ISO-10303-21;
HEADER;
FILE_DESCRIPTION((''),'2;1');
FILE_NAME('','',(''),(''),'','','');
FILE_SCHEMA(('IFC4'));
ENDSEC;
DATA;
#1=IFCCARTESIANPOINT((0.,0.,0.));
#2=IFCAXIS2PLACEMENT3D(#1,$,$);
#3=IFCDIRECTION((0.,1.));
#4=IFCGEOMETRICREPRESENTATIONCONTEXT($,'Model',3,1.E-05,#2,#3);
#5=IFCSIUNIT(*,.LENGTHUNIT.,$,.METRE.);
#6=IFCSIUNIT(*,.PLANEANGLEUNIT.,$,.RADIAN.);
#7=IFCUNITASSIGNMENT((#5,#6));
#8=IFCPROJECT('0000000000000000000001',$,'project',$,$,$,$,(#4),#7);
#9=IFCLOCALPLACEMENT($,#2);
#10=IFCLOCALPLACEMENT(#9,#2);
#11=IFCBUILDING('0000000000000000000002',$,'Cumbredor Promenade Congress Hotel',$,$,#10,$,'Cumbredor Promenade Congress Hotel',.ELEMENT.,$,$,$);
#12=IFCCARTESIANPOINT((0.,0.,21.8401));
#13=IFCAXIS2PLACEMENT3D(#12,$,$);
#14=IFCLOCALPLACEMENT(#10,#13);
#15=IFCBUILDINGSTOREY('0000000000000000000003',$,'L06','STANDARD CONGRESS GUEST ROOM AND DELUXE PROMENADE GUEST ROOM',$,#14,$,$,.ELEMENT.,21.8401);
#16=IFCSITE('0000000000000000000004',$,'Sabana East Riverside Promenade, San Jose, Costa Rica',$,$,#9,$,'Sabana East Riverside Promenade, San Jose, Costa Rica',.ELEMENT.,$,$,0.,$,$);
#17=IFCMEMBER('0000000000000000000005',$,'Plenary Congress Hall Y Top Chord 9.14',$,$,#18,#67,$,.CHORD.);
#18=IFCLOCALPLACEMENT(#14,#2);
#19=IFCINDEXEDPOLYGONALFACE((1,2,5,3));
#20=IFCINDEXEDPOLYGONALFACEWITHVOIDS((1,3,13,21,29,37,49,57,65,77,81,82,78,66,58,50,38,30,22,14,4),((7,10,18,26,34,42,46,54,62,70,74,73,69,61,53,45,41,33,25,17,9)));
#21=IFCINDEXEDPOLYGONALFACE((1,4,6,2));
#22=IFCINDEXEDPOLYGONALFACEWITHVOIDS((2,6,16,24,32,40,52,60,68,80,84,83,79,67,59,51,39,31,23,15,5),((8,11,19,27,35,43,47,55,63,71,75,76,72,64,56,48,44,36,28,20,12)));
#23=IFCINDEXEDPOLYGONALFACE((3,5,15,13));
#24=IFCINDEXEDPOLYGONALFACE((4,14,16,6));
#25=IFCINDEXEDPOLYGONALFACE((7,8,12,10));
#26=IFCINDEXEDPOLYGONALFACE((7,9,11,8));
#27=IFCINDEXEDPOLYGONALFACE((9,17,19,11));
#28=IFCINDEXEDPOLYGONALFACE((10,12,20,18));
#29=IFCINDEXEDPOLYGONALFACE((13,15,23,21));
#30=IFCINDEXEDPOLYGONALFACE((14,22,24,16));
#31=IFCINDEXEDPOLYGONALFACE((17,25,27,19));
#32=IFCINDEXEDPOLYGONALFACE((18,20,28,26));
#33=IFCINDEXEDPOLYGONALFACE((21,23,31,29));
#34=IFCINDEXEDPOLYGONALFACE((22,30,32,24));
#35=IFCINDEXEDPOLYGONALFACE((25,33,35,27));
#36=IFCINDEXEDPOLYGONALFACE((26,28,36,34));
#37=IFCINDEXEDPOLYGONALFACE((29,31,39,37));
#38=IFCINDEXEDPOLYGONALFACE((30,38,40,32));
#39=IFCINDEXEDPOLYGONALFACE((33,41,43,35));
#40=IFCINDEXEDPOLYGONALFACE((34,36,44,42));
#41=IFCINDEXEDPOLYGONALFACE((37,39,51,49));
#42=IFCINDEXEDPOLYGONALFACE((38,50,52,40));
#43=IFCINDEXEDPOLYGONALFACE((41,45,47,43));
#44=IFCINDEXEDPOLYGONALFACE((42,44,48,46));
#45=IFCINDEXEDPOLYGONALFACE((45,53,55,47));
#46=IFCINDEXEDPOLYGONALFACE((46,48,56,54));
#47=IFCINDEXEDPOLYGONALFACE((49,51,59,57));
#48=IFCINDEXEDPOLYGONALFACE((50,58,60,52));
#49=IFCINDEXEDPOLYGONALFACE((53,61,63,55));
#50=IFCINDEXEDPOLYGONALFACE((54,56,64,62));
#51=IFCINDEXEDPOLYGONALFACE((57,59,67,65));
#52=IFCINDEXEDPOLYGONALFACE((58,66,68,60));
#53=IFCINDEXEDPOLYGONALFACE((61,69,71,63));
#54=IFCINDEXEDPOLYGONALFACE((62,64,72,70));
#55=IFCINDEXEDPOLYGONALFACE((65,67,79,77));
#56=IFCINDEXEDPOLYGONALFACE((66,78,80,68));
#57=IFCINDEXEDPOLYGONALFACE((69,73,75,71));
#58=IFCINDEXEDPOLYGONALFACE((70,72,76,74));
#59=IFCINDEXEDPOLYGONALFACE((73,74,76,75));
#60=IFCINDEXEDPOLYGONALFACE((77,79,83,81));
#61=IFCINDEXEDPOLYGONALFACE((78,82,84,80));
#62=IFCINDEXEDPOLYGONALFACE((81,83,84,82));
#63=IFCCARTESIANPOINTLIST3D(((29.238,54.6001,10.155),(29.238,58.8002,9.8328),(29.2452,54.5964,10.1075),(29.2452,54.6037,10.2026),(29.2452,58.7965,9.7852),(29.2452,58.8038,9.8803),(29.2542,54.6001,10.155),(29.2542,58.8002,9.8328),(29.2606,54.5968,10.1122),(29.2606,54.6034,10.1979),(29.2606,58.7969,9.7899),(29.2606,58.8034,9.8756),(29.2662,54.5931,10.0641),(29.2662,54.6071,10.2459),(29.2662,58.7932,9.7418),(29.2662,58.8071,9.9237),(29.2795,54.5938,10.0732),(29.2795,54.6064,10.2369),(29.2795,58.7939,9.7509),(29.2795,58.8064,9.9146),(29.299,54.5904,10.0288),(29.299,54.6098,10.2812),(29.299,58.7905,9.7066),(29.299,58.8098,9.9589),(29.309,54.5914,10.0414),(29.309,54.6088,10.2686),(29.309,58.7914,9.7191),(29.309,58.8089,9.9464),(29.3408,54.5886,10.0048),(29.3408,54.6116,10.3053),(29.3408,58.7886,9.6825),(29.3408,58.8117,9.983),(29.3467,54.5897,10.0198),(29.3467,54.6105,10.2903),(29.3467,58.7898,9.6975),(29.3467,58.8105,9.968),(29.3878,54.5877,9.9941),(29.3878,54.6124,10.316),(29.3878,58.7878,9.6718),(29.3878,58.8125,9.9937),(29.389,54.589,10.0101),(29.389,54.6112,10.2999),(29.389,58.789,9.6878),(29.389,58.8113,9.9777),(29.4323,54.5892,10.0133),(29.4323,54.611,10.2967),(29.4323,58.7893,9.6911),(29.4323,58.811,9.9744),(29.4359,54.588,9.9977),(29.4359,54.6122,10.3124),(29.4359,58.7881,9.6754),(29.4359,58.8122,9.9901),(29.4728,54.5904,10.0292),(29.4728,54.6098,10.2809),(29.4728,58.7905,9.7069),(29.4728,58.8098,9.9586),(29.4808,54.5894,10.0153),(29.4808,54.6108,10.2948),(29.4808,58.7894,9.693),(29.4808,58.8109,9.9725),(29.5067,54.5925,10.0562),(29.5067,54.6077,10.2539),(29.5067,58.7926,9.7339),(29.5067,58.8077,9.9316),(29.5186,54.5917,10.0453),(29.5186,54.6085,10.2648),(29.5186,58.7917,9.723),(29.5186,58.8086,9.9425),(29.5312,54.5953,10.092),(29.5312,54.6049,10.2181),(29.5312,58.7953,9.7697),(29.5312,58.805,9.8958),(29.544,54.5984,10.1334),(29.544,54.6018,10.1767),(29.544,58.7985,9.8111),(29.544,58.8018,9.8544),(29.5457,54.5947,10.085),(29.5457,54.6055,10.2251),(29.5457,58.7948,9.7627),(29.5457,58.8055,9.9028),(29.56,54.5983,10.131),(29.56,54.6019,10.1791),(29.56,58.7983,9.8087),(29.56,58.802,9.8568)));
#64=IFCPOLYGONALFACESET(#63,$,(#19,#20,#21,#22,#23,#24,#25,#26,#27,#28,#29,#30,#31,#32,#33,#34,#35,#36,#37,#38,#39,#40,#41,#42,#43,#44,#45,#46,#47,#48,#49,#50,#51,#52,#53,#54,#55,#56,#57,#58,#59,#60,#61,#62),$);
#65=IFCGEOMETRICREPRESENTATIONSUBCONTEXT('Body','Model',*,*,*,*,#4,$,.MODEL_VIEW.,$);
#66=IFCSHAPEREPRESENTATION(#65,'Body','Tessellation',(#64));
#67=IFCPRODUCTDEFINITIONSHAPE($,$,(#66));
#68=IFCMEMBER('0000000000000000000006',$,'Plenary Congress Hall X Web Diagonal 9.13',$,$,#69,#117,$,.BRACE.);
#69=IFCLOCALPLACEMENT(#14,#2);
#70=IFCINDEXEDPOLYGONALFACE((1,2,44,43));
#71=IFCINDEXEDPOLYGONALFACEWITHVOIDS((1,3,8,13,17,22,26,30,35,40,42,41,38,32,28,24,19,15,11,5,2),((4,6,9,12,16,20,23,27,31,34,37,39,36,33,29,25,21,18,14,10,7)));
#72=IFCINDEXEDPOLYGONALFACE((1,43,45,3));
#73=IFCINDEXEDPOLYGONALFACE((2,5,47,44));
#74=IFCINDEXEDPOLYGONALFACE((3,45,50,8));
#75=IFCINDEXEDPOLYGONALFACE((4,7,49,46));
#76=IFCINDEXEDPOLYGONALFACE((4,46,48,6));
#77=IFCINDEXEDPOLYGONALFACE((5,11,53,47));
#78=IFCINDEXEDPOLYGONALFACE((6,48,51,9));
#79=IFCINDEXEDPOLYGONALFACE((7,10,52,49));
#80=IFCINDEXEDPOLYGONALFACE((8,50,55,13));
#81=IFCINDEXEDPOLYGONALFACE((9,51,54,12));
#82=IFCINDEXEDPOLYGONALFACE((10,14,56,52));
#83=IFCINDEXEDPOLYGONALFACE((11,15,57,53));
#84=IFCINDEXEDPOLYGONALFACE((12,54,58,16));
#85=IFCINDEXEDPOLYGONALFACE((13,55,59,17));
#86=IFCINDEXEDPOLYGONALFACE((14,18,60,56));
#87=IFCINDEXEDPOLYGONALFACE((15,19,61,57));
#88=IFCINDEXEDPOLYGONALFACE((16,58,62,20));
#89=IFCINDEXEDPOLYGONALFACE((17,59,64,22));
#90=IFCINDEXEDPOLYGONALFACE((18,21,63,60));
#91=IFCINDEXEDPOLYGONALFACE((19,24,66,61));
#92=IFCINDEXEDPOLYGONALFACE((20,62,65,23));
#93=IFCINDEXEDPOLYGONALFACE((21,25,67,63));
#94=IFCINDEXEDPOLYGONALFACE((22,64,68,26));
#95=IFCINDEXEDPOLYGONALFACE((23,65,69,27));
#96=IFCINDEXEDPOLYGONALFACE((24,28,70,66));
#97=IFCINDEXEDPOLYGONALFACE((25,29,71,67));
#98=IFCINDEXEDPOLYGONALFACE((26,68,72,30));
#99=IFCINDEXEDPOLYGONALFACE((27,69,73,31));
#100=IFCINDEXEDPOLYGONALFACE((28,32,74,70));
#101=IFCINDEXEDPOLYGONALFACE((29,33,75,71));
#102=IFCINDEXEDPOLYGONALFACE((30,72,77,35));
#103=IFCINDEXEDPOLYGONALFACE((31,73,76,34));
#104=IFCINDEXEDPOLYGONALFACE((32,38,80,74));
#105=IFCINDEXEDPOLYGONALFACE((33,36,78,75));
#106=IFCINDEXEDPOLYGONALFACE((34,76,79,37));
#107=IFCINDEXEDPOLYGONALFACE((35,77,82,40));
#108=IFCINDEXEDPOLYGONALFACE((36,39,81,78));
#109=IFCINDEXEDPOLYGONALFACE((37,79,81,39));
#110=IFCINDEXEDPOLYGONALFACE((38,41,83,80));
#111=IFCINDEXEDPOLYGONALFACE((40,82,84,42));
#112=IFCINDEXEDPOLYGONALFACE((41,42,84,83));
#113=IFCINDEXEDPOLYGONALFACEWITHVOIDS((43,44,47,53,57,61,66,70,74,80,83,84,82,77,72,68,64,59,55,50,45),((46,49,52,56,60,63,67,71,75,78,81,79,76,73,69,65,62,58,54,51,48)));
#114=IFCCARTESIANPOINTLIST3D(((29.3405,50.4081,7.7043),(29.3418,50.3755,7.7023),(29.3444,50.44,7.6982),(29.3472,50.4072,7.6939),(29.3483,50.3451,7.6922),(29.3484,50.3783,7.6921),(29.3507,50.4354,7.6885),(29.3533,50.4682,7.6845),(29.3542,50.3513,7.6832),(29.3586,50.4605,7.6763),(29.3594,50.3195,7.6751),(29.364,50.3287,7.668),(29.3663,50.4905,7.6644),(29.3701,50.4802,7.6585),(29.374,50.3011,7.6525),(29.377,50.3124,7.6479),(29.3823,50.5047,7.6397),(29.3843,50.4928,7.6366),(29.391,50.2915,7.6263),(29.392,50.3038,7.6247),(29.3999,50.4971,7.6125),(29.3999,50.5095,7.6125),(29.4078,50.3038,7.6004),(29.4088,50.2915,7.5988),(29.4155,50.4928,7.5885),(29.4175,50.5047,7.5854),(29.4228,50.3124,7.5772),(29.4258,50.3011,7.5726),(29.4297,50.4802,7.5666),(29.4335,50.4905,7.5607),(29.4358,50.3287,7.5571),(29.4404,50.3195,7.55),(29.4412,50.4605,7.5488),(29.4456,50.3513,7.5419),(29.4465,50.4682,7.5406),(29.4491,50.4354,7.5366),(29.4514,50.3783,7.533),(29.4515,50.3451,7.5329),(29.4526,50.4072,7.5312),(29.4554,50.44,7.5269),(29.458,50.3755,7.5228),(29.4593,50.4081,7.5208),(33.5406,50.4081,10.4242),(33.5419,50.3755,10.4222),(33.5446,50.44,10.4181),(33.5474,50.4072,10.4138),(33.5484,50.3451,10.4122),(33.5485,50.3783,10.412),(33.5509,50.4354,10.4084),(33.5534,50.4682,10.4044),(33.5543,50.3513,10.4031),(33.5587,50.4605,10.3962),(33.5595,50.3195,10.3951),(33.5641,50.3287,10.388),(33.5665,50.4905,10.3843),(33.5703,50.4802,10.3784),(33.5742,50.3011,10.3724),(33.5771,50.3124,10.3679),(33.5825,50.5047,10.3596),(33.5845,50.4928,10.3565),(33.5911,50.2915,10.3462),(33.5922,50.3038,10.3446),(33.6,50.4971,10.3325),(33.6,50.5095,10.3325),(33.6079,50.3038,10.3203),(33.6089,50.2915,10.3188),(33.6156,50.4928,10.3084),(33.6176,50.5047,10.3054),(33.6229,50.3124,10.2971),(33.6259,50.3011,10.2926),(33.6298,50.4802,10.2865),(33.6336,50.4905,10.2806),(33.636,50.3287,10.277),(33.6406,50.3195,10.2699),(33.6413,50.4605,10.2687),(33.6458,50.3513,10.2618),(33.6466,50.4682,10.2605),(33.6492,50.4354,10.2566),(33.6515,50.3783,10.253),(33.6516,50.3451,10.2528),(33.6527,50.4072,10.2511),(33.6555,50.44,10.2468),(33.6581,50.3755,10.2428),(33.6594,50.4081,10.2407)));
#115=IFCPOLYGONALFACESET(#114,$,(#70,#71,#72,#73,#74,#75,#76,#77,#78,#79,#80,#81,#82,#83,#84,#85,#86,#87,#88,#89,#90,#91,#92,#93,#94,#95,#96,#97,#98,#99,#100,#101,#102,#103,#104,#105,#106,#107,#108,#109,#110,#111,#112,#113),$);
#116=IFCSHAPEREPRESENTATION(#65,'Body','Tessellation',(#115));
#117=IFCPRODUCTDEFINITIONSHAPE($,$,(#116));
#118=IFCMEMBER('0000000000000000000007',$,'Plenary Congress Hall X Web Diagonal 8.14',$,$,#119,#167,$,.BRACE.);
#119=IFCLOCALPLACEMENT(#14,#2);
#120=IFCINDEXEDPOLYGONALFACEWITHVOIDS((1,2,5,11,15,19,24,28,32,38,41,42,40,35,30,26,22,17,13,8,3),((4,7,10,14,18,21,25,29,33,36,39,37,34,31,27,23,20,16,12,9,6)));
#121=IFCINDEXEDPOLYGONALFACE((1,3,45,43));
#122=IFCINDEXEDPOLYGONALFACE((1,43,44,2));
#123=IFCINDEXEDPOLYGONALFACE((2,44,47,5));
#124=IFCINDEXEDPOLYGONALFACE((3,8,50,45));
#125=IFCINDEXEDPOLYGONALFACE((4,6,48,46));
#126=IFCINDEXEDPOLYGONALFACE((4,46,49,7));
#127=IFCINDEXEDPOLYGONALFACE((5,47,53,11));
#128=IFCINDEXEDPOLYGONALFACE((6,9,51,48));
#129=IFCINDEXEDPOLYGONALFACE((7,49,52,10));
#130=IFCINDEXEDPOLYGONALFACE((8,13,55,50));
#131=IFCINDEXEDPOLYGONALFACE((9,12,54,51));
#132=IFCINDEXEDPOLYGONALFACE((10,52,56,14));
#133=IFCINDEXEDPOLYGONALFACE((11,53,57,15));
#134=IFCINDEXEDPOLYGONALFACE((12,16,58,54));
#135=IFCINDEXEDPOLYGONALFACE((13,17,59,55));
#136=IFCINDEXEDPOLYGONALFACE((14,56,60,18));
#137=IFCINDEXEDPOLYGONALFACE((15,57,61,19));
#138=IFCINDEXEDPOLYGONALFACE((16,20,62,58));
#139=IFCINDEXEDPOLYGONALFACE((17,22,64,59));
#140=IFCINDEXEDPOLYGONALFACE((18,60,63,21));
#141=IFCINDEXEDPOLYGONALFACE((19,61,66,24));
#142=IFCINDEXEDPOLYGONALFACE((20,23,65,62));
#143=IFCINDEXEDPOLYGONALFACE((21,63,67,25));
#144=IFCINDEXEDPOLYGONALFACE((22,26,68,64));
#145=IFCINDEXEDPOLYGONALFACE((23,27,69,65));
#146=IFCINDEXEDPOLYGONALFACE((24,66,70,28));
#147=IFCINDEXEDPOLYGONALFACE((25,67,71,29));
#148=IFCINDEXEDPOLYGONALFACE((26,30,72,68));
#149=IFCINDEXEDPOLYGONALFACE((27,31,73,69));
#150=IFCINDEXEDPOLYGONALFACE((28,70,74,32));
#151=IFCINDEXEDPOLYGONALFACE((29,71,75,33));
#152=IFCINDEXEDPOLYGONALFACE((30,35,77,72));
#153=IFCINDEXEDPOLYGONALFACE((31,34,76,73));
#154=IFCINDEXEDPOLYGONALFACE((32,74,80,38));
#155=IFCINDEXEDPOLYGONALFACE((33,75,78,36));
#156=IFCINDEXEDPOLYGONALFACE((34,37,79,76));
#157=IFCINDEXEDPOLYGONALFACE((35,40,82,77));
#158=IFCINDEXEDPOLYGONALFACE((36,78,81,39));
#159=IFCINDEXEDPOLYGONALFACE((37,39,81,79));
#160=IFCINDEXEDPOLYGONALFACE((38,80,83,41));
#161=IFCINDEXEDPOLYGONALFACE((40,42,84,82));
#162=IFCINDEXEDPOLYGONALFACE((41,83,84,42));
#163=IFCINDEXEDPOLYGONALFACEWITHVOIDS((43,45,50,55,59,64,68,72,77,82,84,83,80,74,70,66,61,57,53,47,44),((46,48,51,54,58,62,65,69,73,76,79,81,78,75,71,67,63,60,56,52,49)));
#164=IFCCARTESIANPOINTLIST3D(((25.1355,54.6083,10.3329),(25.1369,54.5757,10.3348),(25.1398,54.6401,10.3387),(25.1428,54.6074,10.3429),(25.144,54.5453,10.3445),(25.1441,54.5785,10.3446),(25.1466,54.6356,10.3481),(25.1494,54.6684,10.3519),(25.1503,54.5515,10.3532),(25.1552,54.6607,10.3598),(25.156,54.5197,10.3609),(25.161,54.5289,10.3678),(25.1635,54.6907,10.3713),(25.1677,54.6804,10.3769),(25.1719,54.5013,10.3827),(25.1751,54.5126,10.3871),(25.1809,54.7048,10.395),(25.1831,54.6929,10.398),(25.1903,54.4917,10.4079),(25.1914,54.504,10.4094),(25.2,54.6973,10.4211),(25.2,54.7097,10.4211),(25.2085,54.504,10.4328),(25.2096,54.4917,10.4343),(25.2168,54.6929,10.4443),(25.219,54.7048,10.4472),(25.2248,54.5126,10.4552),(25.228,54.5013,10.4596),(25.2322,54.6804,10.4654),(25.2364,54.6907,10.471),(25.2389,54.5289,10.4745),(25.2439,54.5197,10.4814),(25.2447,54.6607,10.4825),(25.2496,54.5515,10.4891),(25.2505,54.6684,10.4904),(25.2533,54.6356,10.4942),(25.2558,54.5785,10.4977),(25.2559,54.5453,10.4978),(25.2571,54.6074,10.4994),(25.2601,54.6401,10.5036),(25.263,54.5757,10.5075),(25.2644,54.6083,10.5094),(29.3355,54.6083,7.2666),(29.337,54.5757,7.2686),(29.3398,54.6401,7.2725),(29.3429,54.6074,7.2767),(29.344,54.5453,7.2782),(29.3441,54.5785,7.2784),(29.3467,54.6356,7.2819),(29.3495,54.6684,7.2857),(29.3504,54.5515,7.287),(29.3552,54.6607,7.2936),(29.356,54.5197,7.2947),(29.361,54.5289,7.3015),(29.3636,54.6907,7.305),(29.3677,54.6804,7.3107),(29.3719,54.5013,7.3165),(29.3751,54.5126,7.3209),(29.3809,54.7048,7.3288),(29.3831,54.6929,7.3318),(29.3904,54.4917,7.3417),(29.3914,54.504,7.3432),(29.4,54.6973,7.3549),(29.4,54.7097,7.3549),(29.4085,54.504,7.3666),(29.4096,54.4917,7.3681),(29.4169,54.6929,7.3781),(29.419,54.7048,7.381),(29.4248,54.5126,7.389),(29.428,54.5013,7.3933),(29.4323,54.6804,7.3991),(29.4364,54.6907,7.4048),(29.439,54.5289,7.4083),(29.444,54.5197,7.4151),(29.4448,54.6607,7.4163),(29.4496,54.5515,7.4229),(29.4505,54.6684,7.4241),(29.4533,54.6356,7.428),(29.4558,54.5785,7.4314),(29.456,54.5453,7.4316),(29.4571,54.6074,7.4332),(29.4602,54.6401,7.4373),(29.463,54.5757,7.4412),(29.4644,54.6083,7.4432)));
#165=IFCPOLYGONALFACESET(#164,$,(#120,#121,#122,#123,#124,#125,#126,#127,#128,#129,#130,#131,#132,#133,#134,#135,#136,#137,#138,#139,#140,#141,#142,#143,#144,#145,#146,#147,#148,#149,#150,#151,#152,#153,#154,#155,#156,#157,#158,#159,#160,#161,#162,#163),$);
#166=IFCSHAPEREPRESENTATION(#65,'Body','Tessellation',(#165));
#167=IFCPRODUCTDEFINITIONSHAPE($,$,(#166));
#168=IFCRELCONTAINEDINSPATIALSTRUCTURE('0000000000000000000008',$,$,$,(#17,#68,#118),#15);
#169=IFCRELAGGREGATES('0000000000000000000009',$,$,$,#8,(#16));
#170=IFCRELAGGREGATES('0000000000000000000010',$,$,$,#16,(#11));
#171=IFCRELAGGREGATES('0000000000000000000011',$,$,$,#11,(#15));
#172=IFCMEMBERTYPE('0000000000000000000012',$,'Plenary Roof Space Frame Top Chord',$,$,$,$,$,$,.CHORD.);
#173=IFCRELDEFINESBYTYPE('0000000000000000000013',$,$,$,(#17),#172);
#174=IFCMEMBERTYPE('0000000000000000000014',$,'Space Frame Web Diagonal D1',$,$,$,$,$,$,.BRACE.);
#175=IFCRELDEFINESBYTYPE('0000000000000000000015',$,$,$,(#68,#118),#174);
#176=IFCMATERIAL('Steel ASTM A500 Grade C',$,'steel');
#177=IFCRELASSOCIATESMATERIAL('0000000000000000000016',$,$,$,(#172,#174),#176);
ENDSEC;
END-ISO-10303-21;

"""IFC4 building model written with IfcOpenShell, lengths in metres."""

from ifc_helpers import new_model, si_unit, direction, frame, origin, origin_2d, place, context, subcontext, project, spatial, hollow_circle, extrude, material, material_profile, profile_set, type_object, element, save


model = new_model("IFC4")

# Units and contexts
model_context = context("Model", 3, precision=1e-05, world=origin(), true_north=direction((0.0, 1.0)))
body_context = subcontext(model_context, "Body", "Model", "MODEL_VIEW")
ifc_project = project(units=[si_unit("LENGTHUNIT", "METRE"), si_unit("PLANEANGLEUNIT", "RADIAN")], contexts=[model_context])

# Site, building, storey
site_placement = place(None, origin())
site = spatial("IfcSite", under=ifc_project, at=site_placement, Name="Sabana East Riverside Promenade, San Jose, Costa Rica", LongName="Sabana East Riverside Promenade, San Jose, Costa Rica", CompositionType="ELEMENT", RefElevation=0.0)
building_placement = place(site_placement, origin())
building = spatial("IfcBuilding", under=site, at=building_placement, Name="Cumbredor Promenade Congress Hotel", LongName="Cumbredor Promenade Congress Hotel", CompositionType="ELEMENT")
storey_placement = place(building_placement, frame((0.0, 0.0, 21.8401)))
storey = spatial("IfcBuildingStorey", under=building, at=storey_placement, Name="L06", Description="STANDARD CONGRESS GUEST ROOM AND DELUXE PROMENADE GUEST ROOM", CompositionType="ELEMENT", Elevation=21.8401)

# Members
ifc_material_1 = material(Name="Steel ASTM A500 Grade C", Category="steel")
ifc_material_profile_1 = material_profile(ifc_material_1, hollow_circle(Radius=0.1619, WallThickness=0.0161, at=origin_2d()), Name="CHS 323.9x16")
ifc_profile_set_1 = profile_set([ifc_material_profile_1], Name="Steel ASTM A500 Grade C")
member_type_1 = type_object("IfcMemberType", Name="Plenary Roof Space Frame Top Chord", PredefinedType="CHORD", material=ifc_profile_set_1)
member_1_placement = place(storey_placement, frame((29.3999, 54.6001, 10.155), z_axis=(0.0, 0.997069, -0.076506), x_axis=(-1.0, 0.0, 0.0)))
element("IfcMember", 1, at=member_1_placement, inside=storey, type_object=member_type_1, Name="Plenary Congress Hall Y Top Chord 9.14", PredefinedType="CHORD", context=body_context, shape_type="SweptSolid", body=[
    extrude(hollow_circle(Radius=0.1619, WallThickness=0.0161, at=origin_2d()), origin(), (0.0, 0.0, 1.0), 4.2124),
])
ifc_material_profile_2 = material_profile(ifc_material_1, hollow_circle(Radius=0.1096, WallThickness=0.0125, at=origin_2d()), Name="CHS 219.1x12.5")
ifc_profile_set_2 = profile_set([ifc_material_profile_2], Name="Steel ASTM A500 Grade C")
member_type_2 = type_object("IfcMemberType", Name="Space Frame Web Diagonal D1", PredefinedType="BRACE", material=ifc_profile_set_2)
member_2_placement = place(storey_placement, frame((29.3999, 50.3999, 7.6125), z_axis=(0.83937, 0.0, 0.543561), x_axis=(0.0, 1.0, 0.0)))
element("IfcMember", 2, at=member_2_placement, inside=storey, type_object=member_type_2, Name="Plenary Congress Hall X Web Diagonal 9.13", PredefinedType="BRACE", context=body_context, shape_type="SweptSolid", body=[
    extrude(hollow_circle(Radius=0.1096, WallThickness=0.0125, at=origin_2d()), origin(), (0.0, 0.0, 1.0), 5.0039),
])
member_3_placement = place(storey_placement, frame((25.2, 54.6001, 10.4211), z_axis=(0.807669, 0.0, -0.589636), x_axis=(0.0, 1.0, 0.0)))
element("IfcMember", 3, at=member_3_placement, inside=storey, type_object=member_type_2, Name="Plenary Congress Hall X Web Diagonal 8.14", PredefinedType="BRACE", context=body_context, shape_type="SweptSolid", body=[
    extrude(hollow_circle(Radius=0.1096, WallThickness=0.0125, at=origin_2d()), origin(), (0.0, 0.0, 1.0), 5.2002),
])

save(model, "model.ifc")
